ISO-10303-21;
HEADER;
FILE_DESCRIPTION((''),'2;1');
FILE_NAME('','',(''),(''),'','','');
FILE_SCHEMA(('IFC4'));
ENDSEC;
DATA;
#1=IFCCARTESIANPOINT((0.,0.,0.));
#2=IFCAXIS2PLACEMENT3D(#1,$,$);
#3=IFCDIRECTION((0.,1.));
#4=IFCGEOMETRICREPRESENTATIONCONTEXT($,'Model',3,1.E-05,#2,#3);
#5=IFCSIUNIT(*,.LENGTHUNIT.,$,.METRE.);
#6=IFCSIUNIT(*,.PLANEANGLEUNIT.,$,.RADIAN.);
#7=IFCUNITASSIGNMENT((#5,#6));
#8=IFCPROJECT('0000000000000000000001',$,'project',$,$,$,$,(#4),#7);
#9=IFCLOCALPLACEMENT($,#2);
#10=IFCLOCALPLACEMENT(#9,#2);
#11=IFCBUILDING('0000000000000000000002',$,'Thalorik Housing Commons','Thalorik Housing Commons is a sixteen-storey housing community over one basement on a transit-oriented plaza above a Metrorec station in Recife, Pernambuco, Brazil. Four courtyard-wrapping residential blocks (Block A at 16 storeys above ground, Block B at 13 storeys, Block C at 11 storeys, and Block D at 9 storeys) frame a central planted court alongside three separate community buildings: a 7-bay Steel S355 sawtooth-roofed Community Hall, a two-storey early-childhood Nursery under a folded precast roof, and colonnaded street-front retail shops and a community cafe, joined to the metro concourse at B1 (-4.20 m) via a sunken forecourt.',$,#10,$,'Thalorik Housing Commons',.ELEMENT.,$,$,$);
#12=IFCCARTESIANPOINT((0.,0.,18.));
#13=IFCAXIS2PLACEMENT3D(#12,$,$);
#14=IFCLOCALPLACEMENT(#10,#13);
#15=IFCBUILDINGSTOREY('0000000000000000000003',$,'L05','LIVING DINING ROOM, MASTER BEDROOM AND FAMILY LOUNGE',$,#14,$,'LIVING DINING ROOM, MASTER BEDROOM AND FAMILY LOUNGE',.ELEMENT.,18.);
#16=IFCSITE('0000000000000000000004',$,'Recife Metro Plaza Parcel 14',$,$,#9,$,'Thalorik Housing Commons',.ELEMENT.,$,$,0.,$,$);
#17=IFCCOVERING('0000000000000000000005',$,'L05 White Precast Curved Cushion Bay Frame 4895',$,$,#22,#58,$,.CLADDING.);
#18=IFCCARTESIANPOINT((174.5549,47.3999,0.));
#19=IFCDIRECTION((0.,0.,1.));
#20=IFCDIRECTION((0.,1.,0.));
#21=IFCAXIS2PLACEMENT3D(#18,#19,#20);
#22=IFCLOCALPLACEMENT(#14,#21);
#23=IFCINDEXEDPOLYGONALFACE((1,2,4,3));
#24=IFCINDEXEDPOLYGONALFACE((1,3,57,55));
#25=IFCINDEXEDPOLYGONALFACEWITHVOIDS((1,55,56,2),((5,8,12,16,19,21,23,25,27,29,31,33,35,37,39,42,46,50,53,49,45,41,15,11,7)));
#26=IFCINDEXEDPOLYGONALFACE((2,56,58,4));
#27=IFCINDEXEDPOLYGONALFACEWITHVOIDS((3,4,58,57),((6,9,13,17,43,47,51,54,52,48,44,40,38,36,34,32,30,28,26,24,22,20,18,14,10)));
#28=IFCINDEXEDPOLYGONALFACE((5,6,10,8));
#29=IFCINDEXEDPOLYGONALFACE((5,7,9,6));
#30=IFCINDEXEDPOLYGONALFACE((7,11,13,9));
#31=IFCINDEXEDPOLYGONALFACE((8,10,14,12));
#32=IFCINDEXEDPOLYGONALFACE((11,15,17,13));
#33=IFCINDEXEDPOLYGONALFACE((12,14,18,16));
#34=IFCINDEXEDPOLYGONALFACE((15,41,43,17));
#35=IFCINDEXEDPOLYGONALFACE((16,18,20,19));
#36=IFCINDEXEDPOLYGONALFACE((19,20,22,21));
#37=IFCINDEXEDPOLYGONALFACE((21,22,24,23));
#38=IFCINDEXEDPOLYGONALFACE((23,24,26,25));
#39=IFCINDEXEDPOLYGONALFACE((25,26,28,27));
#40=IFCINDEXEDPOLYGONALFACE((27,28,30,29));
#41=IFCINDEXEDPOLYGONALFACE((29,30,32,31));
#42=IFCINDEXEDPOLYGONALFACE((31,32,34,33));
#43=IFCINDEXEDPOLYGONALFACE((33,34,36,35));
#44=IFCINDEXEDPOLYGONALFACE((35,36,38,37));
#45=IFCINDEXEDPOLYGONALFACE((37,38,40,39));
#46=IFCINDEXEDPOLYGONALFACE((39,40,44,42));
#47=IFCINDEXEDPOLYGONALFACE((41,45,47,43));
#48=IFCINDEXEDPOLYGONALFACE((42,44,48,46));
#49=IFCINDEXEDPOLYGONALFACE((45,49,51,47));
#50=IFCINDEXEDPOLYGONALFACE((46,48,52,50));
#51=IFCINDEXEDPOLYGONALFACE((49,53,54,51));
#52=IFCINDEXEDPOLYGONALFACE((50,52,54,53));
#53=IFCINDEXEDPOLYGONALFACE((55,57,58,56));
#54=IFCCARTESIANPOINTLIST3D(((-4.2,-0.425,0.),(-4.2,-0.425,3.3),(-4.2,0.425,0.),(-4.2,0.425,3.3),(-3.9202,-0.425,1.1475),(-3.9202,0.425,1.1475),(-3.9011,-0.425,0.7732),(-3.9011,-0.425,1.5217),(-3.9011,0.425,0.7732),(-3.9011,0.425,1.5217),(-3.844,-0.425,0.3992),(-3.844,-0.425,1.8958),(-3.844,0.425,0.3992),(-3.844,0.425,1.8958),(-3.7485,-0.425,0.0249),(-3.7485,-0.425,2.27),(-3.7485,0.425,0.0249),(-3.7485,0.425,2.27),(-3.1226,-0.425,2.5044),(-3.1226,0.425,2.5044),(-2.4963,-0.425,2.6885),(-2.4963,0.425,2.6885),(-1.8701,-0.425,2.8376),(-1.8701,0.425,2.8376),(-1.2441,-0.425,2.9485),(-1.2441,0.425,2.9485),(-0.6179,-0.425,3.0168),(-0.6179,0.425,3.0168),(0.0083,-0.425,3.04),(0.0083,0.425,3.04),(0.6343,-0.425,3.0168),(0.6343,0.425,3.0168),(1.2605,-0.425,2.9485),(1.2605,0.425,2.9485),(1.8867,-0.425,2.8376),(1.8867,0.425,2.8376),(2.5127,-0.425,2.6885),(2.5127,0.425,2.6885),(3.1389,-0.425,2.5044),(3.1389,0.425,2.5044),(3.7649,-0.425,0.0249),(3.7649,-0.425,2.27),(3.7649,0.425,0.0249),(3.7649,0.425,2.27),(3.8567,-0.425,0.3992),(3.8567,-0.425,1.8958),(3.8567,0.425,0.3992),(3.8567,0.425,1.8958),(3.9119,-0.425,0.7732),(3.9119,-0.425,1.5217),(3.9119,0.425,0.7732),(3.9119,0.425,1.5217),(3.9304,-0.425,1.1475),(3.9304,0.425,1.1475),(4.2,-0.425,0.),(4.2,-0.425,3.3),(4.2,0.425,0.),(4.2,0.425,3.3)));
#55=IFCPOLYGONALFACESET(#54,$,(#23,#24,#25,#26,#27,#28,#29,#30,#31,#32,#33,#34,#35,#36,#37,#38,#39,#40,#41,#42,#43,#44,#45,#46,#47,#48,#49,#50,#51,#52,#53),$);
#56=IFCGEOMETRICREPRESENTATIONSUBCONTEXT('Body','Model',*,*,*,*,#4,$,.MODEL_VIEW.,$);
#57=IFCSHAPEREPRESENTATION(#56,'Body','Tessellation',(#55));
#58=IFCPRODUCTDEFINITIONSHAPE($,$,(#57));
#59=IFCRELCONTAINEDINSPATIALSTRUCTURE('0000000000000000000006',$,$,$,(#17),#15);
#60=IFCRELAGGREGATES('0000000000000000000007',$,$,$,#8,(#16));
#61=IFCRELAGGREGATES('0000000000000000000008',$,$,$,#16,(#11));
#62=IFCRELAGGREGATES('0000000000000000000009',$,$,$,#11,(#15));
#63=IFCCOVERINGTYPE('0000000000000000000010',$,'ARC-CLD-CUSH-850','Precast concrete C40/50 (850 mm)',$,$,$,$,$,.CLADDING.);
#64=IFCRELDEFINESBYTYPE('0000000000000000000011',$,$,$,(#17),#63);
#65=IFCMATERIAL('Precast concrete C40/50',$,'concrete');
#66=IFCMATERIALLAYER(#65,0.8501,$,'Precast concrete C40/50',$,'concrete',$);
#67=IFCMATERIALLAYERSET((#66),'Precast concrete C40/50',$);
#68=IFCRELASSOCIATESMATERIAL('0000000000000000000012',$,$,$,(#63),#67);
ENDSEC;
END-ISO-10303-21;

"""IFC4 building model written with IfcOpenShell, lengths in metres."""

from ifc_helpers import new_model, si_unit, direction, frame, origin, place, context, subcontext, project, spatial, polyline, outline, extrude, material, layer, layer_set, type_object, element, save


model = new_model("IFC4")

# Units and contexts
model_context = context("Model", 3, precision=1e-05, world=origin(), true_north=direction((0.0, 1.0)))
body_context = subcontext(model_context, "Body", "Model", "MODEL_VIEW")
ifc_project = project(units=[si_unit("LENGTHUNIT", "METRE"), si_unit("PLANEANGLEUNIT", "RADIAN")], contexts=[model_context])

# Site, building, storey
site_placement = place(None, origin())
site = spatial("IfcSite", under=ifc_project, at=site_placement, Name="Recife Metro Plaza Parcel 14", LongName="Thalorik Housing Commons", CompositionType="ELEMENT", RefElevation=0.0)
building_placement = place(site_placement, origin())
building = spatial("IfcBuilding", under=site, at=building_placement, Name="Thalorik Housing Commons", Description="Thalorik Housing Commons is a sixteen-storey housing community over one basement on a transit-oriented plaza above a Metrorec station in Recife, Pernambuco, Brazil. Four courtyard-wrapping residential blocks (Block A at 16 storeys above ground, Block B at 13 storeys, Block C at 11 storeys, and Block D at 9 storeys) frame a central planted court alongside three separate community buildings: a 7-bay Steel S355 sawtooth-roofed Community Hall, a two-storey early-childhood Nursery under a folded precast roof, and colonnaded street-front retail shops and a community cafe, joined to the metro concourse at B1 (-4.20 m) via a sunken forecourt.", LongName="Thalorik Housing Commons", CompositionType="ELEMENT")
storey_placement = place(building_placement, frame((0.0, 0.0, 18.0)))
storey = spatial("IfcBuildingStorey", under=building, at=storey_placement, Name="L05", Description="LIVING DINING ROOM, MASTER BEDROOM AND FAMILY LOUNGE", LongName="LIVING DINING ROOM, MASTER BEDROOM AND FAMILY LOUNGE", CompositionType="ELEMENT", Elevation=18.0)

# Shared definitions
ifc_material_1 = material(Name="Precast concrete C40/50", Category="concrete")

# Covering
ifc_layer_1 = layer(ifc_material_1, 0.8501, Name="Precast concrete C40/50", Category="concrete")
ifc_layer_set_1 = layer_set([ifc_layer_1], Name="Precast concrete C40/50")
covering_type_1 = type_object("IfcCoveringType", Name="ARC-CLD-CUSH-850", Description="Precast concrete C40/50 (850 mm)", PredefinedType="CLADDING", material=ifc_layer_set_1)
covering_1_placement = place(storey_placement, frame((174.5549, 47.3999, 0.0), z_axis=(0.0, 0.0, 1.0), x_axis=(0.0, 1.0, 0.0)))
element("IfcCovering", 1, at=covering_1_placement, inside=storey, type_object=covering_type_1, Name="L05 White Precast Curved Cushion Bay Frame 4895", PredefinedType="CLADDING", context=body_context, shape_type="SweptSolid", body=[
    extrude(outline(polyline([(-4.2, 0.0), (4.2, 0.0), (4.2, 3.3), (-4.2, 3.3), (-4.2, 0.0)]), holes=[polyline([(3.7649, 0.0249), (3.8567, 0.3992), (3.9119, 0.7732), (3.9304, 1.1475), (3.9119, 1.5217), (3.8567, 1.8958), (3.7649, 2.27), (3.1389, 2.5044), (2.5127, 2.6885), (1.8867, 2.8376), (1.2605, 2.9485), (0.6343, 3.0168), (0.0083, 3.04), (-0.6179, 3.0168), (-1.2441, 2.9485), (-1.8701, 2.8376), (-2.4963, 2.6885), (-3.1226, 2.5044), (-3.7485, 2.27), (-3.844, 1.8958), (-3.9011, 1.5217), (-3.9202, 1.1475), (-3.9011, 0.7732), (-3.844, 0.3992), (-3.7485, 0.0249), (3.7649, 0.0249)])]), frame((0.0, 0.425, 0.0), z_axis=(0.0, -1.0, 0.0), x_axis=(1.0, 0.0, 0.0)), (0.0, 0.0, 1.0), 0.8501),
])

save(model, "model.ifc")
